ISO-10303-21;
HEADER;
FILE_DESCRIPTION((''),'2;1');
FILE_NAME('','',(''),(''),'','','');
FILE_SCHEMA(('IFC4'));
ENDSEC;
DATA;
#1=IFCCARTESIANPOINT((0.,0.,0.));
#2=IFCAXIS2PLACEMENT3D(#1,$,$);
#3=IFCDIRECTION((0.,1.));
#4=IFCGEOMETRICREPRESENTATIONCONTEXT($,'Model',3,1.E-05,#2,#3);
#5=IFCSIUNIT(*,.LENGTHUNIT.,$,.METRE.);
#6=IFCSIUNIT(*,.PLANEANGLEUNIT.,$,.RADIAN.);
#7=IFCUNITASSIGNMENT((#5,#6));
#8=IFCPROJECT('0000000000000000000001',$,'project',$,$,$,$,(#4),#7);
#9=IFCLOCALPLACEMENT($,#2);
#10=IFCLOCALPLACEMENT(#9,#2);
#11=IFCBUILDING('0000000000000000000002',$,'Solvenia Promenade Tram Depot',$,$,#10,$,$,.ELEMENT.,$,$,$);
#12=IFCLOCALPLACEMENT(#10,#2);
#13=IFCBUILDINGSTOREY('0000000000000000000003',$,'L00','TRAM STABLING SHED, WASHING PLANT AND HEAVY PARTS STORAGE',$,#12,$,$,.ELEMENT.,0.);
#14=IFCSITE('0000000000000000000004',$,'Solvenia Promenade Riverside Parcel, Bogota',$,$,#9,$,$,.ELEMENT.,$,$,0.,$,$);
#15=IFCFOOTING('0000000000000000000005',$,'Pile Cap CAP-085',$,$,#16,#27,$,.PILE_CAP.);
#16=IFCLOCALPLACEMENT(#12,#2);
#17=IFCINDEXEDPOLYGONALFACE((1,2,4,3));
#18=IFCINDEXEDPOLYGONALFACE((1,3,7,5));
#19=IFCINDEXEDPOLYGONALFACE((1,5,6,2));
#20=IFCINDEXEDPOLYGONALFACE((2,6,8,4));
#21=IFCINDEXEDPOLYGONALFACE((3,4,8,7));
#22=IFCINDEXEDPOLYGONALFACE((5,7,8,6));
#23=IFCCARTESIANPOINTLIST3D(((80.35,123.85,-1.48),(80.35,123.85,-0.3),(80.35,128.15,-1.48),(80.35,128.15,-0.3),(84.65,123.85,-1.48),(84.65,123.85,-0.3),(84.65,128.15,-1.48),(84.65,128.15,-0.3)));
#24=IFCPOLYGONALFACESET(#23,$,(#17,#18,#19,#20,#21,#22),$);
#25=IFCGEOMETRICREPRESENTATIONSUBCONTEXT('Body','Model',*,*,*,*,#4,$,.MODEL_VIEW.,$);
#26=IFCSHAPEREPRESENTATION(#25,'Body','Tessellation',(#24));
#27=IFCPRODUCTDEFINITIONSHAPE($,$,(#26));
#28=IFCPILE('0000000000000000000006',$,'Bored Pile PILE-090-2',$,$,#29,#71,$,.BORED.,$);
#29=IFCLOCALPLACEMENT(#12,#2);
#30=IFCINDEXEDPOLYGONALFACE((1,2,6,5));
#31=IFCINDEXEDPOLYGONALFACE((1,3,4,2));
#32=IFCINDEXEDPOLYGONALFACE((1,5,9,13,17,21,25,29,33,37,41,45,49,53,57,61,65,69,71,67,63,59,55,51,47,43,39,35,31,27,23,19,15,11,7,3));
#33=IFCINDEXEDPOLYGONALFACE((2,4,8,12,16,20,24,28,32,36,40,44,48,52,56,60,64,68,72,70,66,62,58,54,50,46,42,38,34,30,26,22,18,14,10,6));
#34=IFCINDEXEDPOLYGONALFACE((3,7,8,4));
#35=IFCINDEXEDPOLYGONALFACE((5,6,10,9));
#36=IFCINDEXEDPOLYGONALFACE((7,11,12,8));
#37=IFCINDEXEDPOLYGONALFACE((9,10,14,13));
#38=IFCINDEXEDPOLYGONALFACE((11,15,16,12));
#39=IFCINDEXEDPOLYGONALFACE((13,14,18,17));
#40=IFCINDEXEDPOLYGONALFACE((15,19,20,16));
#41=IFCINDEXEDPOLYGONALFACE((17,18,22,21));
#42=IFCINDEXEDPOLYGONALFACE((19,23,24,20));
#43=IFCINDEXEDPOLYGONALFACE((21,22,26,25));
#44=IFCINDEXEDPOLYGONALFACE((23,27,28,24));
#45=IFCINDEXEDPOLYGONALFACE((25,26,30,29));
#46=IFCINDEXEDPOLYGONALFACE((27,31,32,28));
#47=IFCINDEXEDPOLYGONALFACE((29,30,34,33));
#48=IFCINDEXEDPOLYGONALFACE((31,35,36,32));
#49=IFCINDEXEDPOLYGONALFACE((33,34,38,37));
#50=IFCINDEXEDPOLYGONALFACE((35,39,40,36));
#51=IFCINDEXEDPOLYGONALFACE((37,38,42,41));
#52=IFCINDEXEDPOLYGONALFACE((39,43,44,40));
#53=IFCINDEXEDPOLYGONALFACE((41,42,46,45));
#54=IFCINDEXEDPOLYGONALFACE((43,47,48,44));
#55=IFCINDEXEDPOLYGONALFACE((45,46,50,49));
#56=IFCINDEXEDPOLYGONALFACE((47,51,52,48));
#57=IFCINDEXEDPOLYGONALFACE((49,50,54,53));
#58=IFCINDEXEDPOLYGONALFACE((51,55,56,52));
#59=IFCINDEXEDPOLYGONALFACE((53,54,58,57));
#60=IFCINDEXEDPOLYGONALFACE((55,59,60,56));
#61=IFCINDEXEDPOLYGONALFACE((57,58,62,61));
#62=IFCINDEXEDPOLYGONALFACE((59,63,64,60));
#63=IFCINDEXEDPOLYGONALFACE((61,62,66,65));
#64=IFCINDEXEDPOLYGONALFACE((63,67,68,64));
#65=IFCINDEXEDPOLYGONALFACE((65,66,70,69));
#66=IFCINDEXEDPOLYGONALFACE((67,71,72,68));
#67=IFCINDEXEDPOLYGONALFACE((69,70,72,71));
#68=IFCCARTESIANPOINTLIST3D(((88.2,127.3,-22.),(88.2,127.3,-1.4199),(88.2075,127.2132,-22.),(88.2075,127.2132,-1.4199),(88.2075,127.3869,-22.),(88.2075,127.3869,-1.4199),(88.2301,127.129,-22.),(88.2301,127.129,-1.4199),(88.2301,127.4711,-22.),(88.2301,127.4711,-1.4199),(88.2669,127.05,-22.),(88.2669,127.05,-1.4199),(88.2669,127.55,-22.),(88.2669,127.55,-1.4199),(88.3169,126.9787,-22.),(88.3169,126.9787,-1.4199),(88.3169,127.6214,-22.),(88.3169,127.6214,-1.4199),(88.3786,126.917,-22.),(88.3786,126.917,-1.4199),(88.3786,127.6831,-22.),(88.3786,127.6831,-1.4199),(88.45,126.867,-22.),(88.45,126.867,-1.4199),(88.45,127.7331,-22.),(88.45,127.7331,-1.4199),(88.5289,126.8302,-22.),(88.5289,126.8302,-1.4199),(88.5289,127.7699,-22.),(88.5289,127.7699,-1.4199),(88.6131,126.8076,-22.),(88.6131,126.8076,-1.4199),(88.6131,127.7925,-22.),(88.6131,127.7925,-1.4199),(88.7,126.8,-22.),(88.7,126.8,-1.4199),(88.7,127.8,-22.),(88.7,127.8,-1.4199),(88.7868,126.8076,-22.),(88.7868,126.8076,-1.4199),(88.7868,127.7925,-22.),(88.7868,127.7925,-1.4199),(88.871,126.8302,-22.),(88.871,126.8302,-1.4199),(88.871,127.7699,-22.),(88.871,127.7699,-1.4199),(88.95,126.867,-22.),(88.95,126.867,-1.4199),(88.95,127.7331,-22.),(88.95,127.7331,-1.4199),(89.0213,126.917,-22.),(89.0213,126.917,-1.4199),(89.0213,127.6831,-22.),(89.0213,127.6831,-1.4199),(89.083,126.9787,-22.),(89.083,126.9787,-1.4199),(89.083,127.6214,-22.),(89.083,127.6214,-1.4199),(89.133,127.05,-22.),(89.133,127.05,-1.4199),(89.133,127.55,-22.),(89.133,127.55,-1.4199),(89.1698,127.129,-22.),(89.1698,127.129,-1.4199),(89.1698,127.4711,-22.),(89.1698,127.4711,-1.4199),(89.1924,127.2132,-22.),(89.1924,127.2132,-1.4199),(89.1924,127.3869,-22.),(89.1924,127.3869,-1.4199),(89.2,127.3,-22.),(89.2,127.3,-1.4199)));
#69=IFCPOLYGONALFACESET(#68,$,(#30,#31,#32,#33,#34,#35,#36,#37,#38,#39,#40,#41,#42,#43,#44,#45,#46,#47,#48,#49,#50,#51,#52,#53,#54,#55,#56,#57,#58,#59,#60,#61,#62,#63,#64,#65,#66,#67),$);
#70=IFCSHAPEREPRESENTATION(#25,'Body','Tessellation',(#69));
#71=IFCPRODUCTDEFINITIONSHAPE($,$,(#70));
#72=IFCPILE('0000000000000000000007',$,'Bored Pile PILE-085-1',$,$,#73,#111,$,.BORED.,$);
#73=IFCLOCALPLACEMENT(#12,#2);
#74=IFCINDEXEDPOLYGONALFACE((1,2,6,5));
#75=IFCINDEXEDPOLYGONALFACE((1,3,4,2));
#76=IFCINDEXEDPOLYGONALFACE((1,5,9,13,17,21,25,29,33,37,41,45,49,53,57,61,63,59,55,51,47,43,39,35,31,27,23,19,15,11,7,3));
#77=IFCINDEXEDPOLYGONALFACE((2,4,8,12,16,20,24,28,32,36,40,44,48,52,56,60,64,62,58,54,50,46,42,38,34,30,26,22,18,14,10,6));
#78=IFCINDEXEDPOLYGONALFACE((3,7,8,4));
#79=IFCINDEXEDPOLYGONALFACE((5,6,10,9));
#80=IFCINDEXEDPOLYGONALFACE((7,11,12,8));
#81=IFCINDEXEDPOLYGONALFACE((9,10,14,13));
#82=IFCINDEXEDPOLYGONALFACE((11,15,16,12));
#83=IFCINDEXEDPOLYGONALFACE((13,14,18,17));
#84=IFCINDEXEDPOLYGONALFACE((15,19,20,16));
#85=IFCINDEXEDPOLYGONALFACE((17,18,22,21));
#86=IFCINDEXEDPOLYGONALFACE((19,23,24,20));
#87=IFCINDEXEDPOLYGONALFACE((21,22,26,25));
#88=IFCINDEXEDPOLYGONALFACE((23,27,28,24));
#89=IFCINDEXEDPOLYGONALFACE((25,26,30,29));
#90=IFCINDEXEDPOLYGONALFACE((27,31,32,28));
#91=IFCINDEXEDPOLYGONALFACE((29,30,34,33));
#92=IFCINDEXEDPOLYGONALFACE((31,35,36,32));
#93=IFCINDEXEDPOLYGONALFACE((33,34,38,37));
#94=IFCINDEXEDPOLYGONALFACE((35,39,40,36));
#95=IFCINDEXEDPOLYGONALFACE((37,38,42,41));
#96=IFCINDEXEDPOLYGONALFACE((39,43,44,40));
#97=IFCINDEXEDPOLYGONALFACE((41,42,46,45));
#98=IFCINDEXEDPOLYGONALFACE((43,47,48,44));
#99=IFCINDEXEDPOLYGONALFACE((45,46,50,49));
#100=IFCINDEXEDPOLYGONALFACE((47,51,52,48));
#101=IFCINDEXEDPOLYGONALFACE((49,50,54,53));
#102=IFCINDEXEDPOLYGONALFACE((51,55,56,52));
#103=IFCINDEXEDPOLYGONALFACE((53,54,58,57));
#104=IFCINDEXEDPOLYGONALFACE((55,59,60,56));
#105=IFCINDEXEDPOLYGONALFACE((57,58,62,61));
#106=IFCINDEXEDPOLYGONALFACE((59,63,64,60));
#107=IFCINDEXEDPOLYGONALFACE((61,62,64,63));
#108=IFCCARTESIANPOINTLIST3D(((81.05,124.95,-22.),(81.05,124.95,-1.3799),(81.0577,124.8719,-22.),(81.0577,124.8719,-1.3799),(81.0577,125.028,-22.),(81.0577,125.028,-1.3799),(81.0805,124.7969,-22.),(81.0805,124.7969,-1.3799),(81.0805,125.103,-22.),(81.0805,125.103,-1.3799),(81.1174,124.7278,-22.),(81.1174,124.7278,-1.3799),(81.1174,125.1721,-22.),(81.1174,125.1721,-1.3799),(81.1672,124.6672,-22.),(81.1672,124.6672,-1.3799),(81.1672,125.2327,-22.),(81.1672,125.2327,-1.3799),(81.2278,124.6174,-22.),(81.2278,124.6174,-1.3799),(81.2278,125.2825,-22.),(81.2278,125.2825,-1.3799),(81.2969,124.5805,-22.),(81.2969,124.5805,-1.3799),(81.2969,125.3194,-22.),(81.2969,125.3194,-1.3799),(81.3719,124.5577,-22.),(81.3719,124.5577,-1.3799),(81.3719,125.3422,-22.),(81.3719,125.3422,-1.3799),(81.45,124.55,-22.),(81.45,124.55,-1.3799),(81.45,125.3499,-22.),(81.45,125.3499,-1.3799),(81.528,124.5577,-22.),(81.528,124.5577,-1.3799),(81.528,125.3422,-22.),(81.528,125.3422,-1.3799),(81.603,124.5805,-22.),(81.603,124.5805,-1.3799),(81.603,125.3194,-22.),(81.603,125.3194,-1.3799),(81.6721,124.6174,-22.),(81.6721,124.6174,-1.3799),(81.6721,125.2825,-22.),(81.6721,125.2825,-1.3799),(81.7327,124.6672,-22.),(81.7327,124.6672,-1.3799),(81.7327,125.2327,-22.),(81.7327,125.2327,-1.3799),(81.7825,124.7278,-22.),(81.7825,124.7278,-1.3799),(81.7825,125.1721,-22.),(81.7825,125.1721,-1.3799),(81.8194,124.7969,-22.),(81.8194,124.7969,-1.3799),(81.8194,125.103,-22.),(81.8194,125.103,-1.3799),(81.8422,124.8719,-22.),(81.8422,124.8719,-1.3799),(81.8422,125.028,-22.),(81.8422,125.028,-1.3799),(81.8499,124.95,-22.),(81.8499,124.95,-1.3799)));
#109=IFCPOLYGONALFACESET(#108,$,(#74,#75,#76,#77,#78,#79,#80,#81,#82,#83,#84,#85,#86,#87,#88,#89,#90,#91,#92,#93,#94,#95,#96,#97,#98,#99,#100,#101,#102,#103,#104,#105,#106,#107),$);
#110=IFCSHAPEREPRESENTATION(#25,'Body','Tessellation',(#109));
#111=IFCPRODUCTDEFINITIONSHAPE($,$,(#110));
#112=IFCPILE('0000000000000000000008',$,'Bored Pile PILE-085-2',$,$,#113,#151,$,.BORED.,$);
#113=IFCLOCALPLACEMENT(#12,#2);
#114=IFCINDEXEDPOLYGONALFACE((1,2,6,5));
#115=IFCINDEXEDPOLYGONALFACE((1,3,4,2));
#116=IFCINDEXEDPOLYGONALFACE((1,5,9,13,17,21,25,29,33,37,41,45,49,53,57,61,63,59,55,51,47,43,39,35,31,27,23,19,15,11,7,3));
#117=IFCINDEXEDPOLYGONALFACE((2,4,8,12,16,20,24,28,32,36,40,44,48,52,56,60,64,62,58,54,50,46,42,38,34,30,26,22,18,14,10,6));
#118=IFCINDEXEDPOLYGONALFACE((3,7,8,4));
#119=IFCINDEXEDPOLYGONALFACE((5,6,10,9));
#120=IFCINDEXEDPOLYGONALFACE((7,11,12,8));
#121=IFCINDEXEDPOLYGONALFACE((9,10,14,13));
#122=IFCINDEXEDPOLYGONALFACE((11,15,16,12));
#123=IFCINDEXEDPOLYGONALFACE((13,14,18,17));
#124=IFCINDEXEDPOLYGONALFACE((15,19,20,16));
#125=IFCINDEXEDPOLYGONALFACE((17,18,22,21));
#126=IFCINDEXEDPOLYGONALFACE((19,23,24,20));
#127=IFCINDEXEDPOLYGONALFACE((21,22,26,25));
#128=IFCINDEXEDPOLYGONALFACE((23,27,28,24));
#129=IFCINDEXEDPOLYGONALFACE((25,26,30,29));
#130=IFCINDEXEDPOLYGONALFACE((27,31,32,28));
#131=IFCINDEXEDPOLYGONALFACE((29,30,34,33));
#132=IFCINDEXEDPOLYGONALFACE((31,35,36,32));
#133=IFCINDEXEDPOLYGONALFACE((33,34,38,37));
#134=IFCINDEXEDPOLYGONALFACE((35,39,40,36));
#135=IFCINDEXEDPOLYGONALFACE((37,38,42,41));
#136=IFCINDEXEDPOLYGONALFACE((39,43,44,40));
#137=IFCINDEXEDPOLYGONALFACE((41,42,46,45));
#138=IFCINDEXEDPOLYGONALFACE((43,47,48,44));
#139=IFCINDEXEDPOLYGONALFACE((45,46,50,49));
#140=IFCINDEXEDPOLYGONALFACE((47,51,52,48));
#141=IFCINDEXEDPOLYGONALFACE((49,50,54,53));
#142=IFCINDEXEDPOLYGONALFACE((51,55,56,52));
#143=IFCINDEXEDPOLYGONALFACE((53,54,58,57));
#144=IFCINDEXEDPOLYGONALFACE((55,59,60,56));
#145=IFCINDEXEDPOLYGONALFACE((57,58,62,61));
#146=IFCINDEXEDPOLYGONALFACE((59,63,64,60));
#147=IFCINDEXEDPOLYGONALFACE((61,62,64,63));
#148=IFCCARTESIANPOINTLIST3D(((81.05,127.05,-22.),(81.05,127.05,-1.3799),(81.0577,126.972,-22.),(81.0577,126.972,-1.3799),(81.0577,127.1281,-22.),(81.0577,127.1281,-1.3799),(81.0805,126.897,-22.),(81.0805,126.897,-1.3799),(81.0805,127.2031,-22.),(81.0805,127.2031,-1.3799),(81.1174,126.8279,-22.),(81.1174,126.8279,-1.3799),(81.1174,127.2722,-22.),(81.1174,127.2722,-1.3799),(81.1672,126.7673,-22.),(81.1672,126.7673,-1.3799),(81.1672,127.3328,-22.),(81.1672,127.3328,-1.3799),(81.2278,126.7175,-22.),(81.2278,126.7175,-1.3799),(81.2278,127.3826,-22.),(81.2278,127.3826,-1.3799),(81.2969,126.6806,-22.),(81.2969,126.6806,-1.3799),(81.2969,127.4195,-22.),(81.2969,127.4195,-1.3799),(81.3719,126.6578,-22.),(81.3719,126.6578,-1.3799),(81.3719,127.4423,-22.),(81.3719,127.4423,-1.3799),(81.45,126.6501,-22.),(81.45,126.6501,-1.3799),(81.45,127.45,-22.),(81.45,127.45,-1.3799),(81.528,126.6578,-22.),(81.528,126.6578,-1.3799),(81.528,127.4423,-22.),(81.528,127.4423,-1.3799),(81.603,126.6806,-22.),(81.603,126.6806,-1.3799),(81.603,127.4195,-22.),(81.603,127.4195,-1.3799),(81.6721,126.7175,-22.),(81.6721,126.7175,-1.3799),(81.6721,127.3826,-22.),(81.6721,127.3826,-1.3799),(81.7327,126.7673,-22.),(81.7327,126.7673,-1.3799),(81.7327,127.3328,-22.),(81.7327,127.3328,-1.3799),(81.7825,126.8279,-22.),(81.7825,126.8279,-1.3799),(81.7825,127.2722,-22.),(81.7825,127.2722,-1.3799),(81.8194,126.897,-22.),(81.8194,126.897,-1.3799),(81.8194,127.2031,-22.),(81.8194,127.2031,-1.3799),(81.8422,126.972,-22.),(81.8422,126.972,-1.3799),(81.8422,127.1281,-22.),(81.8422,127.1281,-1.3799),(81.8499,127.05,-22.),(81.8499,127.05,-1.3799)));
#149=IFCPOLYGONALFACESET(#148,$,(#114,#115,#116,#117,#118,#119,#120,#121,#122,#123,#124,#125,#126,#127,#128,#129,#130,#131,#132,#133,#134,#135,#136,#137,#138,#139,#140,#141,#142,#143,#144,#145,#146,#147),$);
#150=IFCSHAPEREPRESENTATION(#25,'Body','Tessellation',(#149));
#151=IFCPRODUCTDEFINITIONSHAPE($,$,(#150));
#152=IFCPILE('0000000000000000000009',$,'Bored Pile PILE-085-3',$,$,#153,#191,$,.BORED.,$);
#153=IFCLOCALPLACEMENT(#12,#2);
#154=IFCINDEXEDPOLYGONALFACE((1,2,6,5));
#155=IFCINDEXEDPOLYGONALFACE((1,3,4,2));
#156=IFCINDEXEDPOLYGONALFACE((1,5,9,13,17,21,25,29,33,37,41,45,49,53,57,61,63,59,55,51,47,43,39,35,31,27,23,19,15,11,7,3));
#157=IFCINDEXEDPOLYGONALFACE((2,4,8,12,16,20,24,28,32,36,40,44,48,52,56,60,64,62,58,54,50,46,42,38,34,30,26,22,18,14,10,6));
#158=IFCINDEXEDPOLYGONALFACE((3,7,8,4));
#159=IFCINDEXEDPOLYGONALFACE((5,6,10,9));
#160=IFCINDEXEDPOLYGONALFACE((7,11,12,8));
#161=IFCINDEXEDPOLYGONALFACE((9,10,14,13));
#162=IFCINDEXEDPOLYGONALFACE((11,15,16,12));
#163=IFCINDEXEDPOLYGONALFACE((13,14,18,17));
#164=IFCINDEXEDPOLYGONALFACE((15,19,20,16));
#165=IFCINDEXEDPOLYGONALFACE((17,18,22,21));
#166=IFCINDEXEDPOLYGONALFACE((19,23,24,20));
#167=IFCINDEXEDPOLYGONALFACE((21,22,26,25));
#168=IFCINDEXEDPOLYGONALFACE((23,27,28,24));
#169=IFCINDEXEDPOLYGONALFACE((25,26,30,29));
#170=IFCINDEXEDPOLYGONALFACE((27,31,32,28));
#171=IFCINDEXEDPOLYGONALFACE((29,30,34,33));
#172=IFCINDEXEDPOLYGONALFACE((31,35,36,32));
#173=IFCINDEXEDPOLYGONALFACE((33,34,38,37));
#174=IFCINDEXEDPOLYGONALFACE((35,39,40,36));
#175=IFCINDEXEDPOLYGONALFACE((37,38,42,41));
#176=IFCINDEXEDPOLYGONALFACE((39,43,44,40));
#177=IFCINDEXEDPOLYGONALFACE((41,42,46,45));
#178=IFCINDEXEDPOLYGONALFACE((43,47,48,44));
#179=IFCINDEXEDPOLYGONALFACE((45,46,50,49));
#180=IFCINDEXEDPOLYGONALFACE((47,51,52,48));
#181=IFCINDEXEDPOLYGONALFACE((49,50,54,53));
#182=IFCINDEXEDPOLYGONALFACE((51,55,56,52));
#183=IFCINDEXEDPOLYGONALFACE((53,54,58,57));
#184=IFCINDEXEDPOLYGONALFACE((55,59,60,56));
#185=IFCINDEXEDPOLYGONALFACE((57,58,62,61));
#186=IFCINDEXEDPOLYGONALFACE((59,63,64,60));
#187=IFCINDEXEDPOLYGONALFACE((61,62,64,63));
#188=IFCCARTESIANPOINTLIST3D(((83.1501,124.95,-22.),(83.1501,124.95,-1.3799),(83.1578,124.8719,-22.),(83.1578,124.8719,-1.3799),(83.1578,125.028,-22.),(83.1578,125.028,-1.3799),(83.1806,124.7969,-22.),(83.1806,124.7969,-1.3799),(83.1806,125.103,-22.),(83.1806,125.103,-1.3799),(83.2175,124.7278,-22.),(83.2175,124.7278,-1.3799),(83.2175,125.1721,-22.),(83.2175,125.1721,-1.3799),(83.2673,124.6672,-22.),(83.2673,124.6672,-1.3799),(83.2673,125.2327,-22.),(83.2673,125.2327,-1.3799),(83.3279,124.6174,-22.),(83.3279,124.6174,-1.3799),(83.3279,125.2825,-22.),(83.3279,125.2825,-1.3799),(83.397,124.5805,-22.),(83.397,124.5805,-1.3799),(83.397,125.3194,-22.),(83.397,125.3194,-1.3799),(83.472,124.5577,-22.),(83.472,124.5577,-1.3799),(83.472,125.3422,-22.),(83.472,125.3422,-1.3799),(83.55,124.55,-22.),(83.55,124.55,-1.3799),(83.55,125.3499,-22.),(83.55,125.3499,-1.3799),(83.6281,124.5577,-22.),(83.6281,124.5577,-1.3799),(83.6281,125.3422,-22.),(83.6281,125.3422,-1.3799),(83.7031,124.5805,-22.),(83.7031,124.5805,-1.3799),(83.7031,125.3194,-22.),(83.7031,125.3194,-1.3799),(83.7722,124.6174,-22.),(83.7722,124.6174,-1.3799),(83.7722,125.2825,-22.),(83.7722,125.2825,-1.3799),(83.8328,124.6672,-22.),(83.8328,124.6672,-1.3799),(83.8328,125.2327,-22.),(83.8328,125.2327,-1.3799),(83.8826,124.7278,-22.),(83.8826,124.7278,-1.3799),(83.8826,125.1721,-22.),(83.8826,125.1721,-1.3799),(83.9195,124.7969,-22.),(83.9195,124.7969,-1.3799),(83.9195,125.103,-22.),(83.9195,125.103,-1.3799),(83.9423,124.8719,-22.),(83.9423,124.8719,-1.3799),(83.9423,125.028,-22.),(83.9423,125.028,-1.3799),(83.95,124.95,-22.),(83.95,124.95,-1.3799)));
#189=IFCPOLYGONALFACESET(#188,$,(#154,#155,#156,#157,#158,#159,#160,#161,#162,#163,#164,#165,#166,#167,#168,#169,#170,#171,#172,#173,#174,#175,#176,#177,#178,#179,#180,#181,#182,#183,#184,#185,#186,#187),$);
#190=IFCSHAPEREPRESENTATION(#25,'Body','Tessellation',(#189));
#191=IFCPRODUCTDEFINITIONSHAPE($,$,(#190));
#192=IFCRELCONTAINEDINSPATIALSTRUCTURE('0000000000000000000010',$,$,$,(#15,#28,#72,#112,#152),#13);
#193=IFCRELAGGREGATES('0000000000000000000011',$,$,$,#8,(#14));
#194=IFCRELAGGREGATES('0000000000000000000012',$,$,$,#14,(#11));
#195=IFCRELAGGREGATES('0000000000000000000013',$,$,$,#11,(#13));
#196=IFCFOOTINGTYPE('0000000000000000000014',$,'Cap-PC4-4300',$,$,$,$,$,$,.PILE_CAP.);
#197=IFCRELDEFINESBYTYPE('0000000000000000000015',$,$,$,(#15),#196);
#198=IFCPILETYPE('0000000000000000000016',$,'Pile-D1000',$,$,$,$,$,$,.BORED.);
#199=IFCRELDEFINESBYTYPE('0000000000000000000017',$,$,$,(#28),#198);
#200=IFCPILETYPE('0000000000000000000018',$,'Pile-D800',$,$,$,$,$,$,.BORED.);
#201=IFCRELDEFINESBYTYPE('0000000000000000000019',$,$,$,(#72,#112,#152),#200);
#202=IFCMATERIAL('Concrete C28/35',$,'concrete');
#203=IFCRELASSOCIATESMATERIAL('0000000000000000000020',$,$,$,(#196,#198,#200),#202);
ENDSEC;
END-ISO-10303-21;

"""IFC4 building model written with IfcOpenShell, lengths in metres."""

from ifc_helpers import new_model, si_unit, direction, frame, origin, origin_2d, place, context, subcontext, project, spatial, rectangle, circle, extrude, material, material_profile, profile_set, type_object, element, save


model = new_model("IFC4")

# Units and contexts
model_context = context("Model", 3, precision=1e-05, world=origin(), true_north=direction((0.0, 1.0)))
body_context = subcontext(model_context, "Body", "Model", "MODEL_VIEW")
ifc_project = project(units=[si_unit("LENGTHUNIT", "METRE"), si_unit("PLANEANGLEUNIT", "RADIAN")], contexts=[model_context])

# Site, building, storey
site_placement = place(None, origin())
site = spatial("IfcSite", under=ifc_project, at=site_placement, Name="Solvenia Promenade Riverside Parcel, Bogota", CompositionType="ELEMENT", RefElevation=0.0)
building_placement = place(site_placement, origin())
building = spatial("IfcBuilding", under=site, at=building_placement, Name="Solvenia Promenade Tram Depot", CompositionType="ELEMENT")
storey_placement = place(building_placement, origin())
storey = spatial("IfcBuildingStorey", under=building, at=storey_placement, Name="L00", Description="TRAM STABLING SHED, WASHING PLANT AND HEAVY PARTS STORAGE", CompositionType="ELEMENT", Elevation=0.0)

# Footing
ifc_material_1 = material(Name="Concrete C28/35", Category="concrete")
footing_type_1 = type_object("IfcFootingType", Name="Cap-PC4-4300", PredefinedType="PILE_CAP", material=ifc_material_1)
footing_1_placement = place(storey_placement, frame((82.5, 126.0, -1.48), z_axis=(0.0, 0.0, 1.0), x_axis=(1.0, 0.0, 0.0)))
element("IfcFooting", 1, at=footing_1_placement, inside=storey, type_object=footing_type_1, Name="Pile Cap CAP-085", PredefinedType="PILE_CAP", context=body_context, shape_type="SweptSolid", body=[
    extrude(rectangle(XDim=4.3, YDim=4.3, at=origin_2d()), origin(), (0.0, 0.0, 1.0), 1.1799),
])

# Piles
ifc_material_profile_1 = material_profile(ifc_material_1, circle(Radius=0.5, at=origin_2d()), Name="D1000", Category="concrete")
ifc_profile_set_1 = profile_set([ifc_material_profile_1], Name="Concrete C28/35")
pile_type_1 = type_object("IfcPileType", Name="Pile-D1000", PredefinedType="BORED", material=ifc_profile_set_1)
pile_placement = place(storey_placement, frame((88.7, 127.3, -1.4199), z_axis=(0.0, 0.0, -1.0), x_axis=(1.0, 0.0, 0.0)))
element("IfcPile", 2, at=pile_placement, inside=storey, type_object=pile_type_1, Name="Bored Pile PILE-090-2", PredefinedType="BORED", context=body_context, shape_type="SweptSolid", body=[
    extrude(circle(Radius=0.5, at=origin_2d()), origin(), (0.0, 0.0, 1.0), 20.5801),
])
ifc_material_profile_2 = material_profile(ifc_material_1, circle(Radius=0.3999, at=origin_2d()), Name="D800", Category="concrete")
ifc_profile_set_2 = profile_set([ifc_material_profile_2], Name="Concrete C28/35")
pile_type_2 = type_object("IfcPileType", Name="Pile-D800", PredefinedType="BORED", material=ifc_profile_set_2)
for number, where, z_axis, x_axis, name in (
    (3, (81.45, 124.95, -1.3799), (0.0, 0.0, -1.0), (1.0, 0.0, 0.0), "Bored Pile PILE-085-1"),
    (4, (81.45, 127.05, -1.3799), (0.0, 0.0, -1.0), (1.0, 0.0, 0.0), "Bored Pile PILE-085-2"),
    (5, (83.55, 124.95, -1.3799), (0.0, 0.0, -1.0), (1.0, 0.0, 0.0), "Bored Pile PILE-085-3"),
):
    element("IfcPile", number, at=place(storey_placement, frame(where, z_axis=z_axis, x_axis=x_axis)), inside=storey, type_object=pile_type_2, Name=name, PredefinedType="BORED", context=body_context, shape_type="SweptSolid", body=[
        extrude(circle(Radius=0.3999, at=origin_2d()), origin(), (0.0, 0.0, 1.0), 20.6201),
    ])

save(model, "model.ifc")
